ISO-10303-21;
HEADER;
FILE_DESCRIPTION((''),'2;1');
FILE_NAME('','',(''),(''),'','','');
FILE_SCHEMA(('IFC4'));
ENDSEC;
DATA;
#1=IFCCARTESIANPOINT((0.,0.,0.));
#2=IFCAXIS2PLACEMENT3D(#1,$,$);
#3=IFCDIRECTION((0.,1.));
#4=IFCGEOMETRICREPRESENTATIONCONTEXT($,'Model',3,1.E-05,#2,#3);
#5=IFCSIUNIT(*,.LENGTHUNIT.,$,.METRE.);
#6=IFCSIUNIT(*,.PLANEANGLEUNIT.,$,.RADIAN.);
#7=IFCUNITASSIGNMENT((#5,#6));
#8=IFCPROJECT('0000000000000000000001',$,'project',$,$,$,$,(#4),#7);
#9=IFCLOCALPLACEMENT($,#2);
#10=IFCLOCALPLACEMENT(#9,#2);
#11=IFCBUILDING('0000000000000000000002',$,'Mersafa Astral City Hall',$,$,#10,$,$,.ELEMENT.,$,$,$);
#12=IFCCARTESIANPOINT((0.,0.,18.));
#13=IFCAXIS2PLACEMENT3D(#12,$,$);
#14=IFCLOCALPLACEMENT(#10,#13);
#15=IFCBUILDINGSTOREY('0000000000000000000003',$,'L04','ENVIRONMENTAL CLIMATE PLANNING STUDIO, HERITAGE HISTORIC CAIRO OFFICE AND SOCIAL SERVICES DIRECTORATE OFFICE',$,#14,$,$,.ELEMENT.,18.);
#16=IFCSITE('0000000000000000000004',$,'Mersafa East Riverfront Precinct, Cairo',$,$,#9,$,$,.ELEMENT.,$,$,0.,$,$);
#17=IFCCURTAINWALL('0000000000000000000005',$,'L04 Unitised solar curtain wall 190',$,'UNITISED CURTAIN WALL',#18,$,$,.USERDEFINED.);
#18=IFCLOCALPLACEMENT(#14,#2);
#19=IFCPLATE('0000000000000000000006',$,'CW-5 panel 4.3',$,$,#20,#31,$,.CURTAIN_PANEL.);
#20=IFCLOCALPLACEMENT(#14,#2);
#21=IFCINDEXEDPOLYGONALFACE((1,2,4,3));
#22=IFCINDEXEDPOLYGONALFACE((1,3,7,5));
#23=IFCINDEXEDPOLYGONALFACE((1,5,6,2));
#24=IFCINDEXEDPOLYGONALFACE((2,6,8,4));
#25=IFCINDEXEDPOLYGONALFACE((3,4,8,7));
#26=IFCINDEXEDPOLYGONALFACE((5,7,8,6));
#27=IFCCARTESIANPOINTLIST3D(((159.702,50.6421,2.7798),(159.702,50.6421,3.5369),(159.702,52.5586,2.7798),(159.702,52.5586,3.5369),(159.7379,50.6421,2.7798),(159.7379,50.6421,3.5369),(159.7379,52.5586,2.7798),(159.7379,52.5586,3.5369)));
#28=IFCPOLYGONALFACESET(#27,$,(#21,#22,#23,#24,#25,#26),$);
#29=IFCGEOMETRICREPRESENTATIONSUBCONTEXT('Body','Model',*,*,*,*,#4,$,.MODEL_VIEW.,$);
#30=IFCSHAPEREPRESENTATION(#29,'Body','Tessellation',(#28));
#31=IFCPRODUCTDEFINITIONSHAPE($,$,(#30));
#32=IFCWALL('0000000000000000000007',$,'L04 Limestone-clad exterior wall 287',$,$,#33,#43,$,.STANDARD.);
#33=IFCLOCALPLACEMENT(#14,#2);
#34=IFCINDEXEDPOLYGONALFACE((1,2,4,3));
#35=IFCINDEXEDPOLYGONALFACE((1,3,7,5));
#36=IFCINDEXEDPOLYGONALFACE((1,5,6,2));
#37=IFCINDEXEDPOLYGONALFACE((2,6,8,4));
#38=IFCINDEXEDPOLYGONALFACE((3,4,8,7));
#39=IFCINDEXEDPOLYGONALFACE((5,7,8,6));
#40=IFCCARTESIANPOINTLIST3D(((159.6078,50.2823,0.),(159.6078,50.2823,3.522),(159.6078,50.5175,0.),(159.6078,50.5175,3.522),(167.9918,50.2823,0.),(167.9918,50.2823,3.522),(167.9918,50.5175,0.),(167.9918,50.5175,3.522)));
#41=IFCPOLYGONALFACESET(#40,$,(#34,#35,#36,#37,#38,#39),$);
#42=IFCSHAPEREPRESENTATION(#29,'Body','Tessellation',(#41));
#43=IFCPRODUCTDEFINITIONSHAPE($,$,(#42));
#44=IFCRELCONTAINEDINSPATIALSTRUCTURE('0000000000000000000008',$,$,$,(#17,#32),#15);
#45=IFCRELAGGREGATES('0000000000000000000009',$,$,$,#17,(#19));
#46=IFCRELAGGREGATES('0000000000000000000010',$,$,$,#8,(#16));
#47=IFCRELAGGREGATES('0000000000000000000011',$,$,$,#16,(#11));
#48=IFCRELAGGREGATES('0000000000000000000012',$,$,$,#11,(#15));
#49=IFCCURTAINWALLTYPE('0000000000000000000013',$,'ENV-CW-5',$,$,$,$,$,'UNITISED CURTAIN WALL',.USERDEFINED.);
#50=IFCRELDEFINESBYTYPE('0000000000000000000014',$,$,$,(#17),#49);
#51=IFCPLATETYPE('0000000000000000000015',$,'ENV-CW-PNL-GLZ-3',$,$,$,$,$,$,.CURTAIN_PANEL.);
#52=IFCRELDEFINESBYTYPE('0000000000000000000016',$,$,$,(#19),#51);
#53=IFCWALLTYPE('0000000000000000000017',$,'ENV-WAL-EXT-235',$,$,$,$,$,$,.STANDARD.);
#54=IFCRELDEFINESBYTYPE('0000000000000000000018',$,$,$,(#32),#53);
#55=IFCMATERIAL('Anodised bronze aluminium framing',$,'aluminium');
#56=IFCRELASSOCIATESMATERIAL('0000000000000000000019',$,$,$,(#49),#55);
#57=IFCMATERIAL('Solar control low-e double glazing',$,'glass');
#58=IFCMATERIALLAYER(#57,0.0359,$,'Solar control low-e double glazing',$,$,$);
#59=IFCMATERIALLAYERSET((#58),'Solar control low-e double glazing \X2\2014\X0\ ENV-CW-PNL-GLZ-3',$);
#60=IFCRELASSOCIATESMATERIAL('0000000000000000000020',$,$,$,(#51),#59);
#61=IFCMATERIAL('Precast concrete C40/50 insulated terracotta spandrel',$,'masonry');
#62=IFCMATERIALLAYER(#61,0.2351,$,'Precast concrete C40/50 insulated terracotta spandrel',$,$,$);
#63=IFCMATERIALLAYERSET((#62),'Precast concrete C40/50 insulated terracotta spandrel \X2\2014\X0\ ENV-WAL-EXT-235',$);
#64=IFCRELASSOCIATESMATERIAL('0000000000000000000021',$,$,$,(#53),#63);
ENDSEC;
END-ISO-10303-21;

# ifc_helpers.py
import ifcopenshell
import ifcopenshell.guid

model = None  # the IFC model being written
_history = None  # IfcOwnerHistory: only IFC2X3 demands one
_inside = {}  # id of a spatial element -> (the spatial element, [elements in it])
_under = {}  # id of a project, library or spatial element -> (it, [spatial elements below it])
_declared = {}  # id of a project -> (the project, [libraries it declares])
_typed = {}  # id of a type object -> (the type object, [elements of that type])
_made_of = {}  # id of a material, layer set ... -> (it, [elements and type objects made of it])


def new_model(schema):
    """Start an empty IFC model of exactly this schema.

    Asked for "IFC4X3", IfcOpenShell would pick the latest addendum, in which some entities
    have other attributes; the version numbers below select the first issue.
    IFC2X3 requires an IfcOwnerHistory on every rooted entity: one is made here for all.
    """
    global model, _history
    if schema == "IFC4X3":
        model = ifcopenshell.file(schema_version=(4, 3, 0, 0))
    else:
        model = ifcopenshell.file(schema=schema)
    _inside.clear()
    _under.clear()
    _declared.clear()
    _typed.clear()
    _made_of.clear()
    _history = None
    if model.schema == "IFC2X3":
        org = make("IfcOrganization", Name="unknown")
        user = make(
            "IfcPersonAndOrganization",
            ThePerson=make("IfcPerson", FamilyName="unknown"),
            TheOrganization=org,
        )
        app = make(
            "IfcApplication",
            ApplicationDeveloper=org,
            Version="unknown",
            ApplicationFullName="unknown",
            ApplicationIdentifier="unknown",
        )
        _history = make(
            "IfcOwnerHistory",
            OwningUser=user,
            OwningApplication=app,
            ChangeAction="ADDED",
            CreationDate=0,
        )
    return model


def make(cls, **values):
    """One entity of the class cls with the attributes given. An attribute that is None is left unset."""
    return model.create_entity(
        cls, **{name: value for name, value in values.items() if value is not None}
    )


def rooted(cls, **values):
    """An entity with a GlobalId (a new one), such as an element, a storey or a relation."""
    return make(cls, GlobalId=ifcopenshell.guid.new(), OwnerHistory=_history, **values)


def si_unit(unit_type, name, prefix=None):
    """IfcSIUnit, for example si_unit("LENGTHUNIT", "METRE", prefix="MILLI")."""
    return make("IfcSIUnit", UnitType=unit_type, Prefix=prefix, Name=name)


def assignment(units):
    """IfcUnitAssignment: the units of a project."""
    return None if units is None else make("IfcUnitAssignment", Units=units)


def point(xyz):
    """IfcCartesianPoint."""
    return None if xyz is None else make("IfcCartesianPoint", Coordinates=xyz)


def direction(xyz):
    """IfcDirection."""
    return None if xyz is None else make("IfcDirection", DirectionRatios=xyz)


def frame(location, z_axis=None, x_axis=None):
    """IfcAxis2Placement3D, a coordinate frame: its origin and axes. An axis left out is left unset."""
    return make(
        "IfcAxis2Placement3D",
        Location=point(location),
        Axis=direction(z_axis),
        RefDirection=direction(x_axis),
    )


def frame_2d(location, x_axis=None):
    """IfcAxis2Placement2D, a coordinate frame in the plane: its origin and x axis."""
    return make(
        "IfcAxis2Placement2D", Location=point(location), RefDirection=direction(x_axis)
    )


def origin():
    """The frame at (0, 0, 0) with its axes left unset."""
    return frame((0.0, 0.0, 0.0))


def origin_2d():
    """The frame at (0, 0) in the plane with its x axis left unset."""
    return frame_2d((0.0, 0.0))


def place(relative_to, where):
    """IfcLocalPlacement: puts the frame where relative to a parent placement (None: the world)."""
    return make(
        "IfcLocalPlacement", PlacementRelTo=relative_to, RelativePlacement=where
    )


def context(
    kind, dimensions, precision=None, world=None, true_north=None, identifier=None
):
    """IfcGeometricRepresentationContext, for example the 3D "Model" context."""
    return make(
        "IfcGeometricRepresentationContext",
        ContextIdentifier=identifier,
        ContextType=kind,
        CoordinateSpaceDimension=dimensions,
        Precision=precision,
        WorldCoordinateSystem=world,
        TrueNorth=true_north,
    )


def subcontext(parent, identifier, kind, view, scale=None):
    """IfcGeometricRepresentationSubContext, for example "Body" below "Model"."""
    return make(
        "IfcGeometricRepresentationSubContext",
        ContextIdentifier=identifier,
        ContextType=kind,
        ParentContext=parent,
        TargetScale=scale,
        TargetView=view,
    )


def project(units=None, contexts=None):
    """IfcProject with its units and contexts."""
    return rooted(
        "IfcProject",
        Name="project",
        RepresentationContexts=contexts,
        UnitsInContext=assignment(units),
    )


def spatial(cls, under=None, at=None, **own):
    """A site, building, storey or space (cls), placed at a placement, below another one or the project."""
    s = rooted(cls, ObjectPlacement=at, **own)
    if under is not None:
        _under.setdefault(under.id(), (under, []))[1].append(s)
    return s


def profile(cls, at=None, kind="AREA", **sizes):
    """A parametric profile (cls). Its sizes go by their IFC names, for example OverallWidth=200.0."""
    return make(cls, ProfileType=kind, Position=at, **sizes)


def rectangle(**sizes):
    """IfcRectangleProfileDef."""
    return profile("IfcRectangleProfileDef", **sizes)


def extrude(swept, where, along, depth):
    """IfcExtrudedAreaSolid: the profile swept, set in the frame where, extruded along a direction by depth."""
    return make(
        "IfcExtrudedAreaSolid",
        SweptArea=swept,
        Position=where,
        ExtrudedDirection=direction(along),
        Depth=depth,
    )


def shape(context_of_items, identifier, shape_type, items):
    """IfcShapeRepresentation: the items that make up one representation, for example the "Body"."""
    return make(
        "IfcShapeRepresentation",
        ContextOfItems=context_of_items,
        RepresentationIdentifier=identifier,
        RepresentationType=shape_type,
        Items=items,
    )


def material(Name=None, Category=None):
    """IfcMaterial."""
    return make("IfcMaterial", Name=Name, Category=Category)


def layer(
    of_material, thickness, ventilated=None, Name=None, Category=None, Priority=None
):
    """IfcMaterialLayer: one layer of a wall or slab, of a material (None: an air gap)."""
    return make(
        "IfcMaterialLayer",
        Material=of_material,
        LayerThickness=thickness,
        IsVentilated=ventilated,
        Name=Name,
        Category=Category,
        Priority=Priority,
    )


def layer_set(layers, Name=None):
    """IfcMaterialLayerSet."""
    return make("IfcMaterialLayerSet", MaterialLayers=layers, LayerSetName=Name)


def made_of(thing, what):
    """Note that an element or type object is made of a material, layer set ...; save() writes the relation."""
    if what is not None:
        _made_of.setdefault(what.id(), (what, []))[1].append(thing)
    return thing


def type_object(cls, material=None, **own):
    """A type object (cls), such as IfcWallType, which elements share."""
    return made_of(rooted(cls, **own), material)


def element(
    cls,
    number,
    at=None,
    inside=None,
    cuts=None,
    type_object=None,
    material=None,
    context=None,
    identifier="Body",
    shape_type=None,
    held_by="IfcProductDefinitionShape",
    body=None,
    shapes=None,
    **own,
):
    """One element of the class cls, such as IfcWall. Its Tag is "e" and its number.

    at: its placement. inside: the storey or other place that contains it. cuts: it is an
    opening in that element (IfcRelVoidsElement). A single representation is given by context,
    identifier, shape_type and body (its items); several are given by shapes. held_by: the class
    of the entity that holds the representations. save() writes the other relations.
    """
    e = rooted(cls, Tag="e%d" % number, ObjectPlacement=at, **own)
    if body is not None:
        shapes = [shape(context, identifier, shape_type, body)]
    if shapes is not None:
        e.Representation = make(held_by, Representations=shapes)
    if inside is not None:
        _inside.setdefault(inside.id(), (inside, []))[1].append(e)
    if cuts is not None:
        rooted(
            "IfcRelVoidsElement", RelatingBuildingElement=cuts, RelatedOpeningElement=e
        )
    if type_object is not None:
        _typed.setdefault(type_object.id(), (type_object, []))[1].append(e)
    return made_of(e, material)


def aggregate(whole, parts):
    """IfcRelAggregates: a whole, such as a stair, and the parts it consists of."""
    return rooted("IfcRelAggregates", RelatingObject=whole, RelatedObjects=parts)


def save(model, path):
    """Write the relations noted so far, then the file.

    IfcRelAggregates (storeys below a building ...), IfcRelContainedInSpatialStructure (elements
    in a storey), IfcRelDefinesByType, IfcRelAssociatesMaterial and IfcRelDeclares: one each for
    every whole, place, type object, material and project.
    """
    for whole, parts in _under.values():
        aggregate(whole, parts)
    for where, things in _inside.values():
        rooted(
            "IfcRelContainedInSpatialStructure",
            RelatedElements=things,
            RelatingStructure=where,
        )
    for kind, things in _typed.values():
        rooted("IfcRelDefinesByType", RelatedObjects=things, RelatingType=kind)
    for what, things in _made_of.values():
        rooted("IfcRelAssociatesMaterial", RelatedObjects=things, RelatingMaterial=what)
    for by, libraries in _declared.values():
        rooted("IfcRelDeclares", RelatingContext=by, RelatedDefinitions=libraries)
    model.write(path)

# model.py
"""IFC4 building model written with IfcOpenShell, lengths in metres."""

from ifc_helpers import new_model, si_unit, direction, frame, frame_2d, origin, origin_2d, place, context, subcontext, project, spatial, rectangle, extrude, material, layer, layer_set, type_object, element, aggregate, save


model = new_model("IFC4")

# Units and contexts
model_context = context("Model", 3, precision=1e-05, world=origin(), true_north=direction((0.0, 1.0)))
body_context = subcontext(model_context, "Body", "Model", "MODEL_VIEW")
ifc_project = project(units=[si_unit("LENGTHUNIT", "METRE"), si_unit("PLANEANGLEUNIT", "RADIAN")], contexts=[model_context])

# Site, building, storey
site_placement = place(None, origin())
site = spatial("IfcSite", under=ifc_project, at=site_placement, Name="Mersafa East Riverfront Precinct, Cairo", CompositionType="ELEMENT", RefElevation=0.0)
building_placement = place(site_placement, origin())
building = spatial("IfcBuilding", under=site, at=building_placement, Name="Mersafa Astral City Hall", CompositionType="ELEMENT")
storey_placement = place(building_placement, frame((0.0, 0.0, 18.0)))
storey = spatial("IfcBuildingStorey", under=building, at=storey_placement, Name="L04", Description="ENVIRONMENTAL CLIMATE PLANNING STUDIO, HERITAGE HISTORIC CAIRO OFFICE AND SOCIAL SERVICES DIRECTORATE OFFICE", CompositionType="ELEMENT", Elevation=18.0)

# Curtain wall
ifc_material_1 = material(Name="Anodised bronze aluminium framing", Category="aluminium")
curtain_wall_type = type_object("IfcCurtainWallType", Name="ENV-CW-5", ElementType="UNITISED CURTAIN WALL", PredefinedType="USERDEFINED", material=ifc_material_1)
curtain_wall_placement = place(storey_placement, origin())
curtain_wall = element("IfcCurtainWall", 1, at=curtain_wall_placement, inside=storey, type_object=curtain_wall_type, Name="L04 Unitised solar curtain wall 190", ObjectType="UNITISED CURTAIN WALL", PredefinedType="USERDEFINED")

# Plate
ifc_material_2 = material(Name="Solar control low-e double glazing", Category="glass")
ifc_layer_1 = layer(ifc_material_2, 0.0359, Name="Solar control low-e double glazing")
ifc_layer_set_1 = layer_set([ifc_layer_1], Name="Solar control low-e double glazing — ENV-CW-PNL-GLZ-3")
plate_type = type_object("IfcPlateType", Name="ENV-CW-PNL-GLZ-3", PredefinedType="CURTAIN_PANEL", material=ifc_layer_set_1)
plate_1_placement = place(storey_placement, frame((159.72, 51.6003, 2.7798), z_axis=(0.0, 0.0, 1.0), x_axis=(0.0, -1.0, 0.0)))
plate_1 = element("IfcPlate", 2, at=plate_1_placement, type_object=plate_type, Name="CW-5 panel 4.3", PredefinedType="CURTAIN_PANEL", context=body_context, shape_type="SweptSolid", body=[
    extrude(rectangle(XDim=1.9165, YDim=0.0359, at=origin_2d()), origin(), (0.0, 0.0, 1.0), 0.7571),
])
aggregate(curtain_wall, [plate_1])

# Wall
ifc_material_3 = material(Name="Precast concrete C40/50 insulated terracotta spandrel", Category="masonry")
ifc_layer_2 = layer(ifc_material_3, 0.2351, Name="Precast concrete C40/50 insulated terracotta spandrel")
ifc_layer_set_2 = layer_set([ifc_layer_2], Name="Precast concrete C40/50 insulated terracotta spandrel — ENV-WAL-EXT-235")
wall_type = type_object("IfcWallType", Name="ENV-WAL-EXT-235", PredefinedType="STANDARD", material=ifc_layer_set_2)
wall_placement = place(storey_placement, frame((159.6079, 50.3999, 0.0), z_axis=(0.0, 0.0, 1.0), x_axis=(1.0, 0.0, 0.0)))
element("IfcWall", 3, at=wall_placement, inside=storey, type_object=wall_type, Name="L04 Limestone-clad exterior wall 287", PredefinedType="STANDARD", context=body_context, shape_type="SweptSolid", body=[
    extrude(rectangle(XDim=8.384, YDim=0.2351, at=frame_2d((4.1919, 0.0))), origin(), (0.0, 0.0, 1.0), 3.522),
])

save(model, "model.ifc")
